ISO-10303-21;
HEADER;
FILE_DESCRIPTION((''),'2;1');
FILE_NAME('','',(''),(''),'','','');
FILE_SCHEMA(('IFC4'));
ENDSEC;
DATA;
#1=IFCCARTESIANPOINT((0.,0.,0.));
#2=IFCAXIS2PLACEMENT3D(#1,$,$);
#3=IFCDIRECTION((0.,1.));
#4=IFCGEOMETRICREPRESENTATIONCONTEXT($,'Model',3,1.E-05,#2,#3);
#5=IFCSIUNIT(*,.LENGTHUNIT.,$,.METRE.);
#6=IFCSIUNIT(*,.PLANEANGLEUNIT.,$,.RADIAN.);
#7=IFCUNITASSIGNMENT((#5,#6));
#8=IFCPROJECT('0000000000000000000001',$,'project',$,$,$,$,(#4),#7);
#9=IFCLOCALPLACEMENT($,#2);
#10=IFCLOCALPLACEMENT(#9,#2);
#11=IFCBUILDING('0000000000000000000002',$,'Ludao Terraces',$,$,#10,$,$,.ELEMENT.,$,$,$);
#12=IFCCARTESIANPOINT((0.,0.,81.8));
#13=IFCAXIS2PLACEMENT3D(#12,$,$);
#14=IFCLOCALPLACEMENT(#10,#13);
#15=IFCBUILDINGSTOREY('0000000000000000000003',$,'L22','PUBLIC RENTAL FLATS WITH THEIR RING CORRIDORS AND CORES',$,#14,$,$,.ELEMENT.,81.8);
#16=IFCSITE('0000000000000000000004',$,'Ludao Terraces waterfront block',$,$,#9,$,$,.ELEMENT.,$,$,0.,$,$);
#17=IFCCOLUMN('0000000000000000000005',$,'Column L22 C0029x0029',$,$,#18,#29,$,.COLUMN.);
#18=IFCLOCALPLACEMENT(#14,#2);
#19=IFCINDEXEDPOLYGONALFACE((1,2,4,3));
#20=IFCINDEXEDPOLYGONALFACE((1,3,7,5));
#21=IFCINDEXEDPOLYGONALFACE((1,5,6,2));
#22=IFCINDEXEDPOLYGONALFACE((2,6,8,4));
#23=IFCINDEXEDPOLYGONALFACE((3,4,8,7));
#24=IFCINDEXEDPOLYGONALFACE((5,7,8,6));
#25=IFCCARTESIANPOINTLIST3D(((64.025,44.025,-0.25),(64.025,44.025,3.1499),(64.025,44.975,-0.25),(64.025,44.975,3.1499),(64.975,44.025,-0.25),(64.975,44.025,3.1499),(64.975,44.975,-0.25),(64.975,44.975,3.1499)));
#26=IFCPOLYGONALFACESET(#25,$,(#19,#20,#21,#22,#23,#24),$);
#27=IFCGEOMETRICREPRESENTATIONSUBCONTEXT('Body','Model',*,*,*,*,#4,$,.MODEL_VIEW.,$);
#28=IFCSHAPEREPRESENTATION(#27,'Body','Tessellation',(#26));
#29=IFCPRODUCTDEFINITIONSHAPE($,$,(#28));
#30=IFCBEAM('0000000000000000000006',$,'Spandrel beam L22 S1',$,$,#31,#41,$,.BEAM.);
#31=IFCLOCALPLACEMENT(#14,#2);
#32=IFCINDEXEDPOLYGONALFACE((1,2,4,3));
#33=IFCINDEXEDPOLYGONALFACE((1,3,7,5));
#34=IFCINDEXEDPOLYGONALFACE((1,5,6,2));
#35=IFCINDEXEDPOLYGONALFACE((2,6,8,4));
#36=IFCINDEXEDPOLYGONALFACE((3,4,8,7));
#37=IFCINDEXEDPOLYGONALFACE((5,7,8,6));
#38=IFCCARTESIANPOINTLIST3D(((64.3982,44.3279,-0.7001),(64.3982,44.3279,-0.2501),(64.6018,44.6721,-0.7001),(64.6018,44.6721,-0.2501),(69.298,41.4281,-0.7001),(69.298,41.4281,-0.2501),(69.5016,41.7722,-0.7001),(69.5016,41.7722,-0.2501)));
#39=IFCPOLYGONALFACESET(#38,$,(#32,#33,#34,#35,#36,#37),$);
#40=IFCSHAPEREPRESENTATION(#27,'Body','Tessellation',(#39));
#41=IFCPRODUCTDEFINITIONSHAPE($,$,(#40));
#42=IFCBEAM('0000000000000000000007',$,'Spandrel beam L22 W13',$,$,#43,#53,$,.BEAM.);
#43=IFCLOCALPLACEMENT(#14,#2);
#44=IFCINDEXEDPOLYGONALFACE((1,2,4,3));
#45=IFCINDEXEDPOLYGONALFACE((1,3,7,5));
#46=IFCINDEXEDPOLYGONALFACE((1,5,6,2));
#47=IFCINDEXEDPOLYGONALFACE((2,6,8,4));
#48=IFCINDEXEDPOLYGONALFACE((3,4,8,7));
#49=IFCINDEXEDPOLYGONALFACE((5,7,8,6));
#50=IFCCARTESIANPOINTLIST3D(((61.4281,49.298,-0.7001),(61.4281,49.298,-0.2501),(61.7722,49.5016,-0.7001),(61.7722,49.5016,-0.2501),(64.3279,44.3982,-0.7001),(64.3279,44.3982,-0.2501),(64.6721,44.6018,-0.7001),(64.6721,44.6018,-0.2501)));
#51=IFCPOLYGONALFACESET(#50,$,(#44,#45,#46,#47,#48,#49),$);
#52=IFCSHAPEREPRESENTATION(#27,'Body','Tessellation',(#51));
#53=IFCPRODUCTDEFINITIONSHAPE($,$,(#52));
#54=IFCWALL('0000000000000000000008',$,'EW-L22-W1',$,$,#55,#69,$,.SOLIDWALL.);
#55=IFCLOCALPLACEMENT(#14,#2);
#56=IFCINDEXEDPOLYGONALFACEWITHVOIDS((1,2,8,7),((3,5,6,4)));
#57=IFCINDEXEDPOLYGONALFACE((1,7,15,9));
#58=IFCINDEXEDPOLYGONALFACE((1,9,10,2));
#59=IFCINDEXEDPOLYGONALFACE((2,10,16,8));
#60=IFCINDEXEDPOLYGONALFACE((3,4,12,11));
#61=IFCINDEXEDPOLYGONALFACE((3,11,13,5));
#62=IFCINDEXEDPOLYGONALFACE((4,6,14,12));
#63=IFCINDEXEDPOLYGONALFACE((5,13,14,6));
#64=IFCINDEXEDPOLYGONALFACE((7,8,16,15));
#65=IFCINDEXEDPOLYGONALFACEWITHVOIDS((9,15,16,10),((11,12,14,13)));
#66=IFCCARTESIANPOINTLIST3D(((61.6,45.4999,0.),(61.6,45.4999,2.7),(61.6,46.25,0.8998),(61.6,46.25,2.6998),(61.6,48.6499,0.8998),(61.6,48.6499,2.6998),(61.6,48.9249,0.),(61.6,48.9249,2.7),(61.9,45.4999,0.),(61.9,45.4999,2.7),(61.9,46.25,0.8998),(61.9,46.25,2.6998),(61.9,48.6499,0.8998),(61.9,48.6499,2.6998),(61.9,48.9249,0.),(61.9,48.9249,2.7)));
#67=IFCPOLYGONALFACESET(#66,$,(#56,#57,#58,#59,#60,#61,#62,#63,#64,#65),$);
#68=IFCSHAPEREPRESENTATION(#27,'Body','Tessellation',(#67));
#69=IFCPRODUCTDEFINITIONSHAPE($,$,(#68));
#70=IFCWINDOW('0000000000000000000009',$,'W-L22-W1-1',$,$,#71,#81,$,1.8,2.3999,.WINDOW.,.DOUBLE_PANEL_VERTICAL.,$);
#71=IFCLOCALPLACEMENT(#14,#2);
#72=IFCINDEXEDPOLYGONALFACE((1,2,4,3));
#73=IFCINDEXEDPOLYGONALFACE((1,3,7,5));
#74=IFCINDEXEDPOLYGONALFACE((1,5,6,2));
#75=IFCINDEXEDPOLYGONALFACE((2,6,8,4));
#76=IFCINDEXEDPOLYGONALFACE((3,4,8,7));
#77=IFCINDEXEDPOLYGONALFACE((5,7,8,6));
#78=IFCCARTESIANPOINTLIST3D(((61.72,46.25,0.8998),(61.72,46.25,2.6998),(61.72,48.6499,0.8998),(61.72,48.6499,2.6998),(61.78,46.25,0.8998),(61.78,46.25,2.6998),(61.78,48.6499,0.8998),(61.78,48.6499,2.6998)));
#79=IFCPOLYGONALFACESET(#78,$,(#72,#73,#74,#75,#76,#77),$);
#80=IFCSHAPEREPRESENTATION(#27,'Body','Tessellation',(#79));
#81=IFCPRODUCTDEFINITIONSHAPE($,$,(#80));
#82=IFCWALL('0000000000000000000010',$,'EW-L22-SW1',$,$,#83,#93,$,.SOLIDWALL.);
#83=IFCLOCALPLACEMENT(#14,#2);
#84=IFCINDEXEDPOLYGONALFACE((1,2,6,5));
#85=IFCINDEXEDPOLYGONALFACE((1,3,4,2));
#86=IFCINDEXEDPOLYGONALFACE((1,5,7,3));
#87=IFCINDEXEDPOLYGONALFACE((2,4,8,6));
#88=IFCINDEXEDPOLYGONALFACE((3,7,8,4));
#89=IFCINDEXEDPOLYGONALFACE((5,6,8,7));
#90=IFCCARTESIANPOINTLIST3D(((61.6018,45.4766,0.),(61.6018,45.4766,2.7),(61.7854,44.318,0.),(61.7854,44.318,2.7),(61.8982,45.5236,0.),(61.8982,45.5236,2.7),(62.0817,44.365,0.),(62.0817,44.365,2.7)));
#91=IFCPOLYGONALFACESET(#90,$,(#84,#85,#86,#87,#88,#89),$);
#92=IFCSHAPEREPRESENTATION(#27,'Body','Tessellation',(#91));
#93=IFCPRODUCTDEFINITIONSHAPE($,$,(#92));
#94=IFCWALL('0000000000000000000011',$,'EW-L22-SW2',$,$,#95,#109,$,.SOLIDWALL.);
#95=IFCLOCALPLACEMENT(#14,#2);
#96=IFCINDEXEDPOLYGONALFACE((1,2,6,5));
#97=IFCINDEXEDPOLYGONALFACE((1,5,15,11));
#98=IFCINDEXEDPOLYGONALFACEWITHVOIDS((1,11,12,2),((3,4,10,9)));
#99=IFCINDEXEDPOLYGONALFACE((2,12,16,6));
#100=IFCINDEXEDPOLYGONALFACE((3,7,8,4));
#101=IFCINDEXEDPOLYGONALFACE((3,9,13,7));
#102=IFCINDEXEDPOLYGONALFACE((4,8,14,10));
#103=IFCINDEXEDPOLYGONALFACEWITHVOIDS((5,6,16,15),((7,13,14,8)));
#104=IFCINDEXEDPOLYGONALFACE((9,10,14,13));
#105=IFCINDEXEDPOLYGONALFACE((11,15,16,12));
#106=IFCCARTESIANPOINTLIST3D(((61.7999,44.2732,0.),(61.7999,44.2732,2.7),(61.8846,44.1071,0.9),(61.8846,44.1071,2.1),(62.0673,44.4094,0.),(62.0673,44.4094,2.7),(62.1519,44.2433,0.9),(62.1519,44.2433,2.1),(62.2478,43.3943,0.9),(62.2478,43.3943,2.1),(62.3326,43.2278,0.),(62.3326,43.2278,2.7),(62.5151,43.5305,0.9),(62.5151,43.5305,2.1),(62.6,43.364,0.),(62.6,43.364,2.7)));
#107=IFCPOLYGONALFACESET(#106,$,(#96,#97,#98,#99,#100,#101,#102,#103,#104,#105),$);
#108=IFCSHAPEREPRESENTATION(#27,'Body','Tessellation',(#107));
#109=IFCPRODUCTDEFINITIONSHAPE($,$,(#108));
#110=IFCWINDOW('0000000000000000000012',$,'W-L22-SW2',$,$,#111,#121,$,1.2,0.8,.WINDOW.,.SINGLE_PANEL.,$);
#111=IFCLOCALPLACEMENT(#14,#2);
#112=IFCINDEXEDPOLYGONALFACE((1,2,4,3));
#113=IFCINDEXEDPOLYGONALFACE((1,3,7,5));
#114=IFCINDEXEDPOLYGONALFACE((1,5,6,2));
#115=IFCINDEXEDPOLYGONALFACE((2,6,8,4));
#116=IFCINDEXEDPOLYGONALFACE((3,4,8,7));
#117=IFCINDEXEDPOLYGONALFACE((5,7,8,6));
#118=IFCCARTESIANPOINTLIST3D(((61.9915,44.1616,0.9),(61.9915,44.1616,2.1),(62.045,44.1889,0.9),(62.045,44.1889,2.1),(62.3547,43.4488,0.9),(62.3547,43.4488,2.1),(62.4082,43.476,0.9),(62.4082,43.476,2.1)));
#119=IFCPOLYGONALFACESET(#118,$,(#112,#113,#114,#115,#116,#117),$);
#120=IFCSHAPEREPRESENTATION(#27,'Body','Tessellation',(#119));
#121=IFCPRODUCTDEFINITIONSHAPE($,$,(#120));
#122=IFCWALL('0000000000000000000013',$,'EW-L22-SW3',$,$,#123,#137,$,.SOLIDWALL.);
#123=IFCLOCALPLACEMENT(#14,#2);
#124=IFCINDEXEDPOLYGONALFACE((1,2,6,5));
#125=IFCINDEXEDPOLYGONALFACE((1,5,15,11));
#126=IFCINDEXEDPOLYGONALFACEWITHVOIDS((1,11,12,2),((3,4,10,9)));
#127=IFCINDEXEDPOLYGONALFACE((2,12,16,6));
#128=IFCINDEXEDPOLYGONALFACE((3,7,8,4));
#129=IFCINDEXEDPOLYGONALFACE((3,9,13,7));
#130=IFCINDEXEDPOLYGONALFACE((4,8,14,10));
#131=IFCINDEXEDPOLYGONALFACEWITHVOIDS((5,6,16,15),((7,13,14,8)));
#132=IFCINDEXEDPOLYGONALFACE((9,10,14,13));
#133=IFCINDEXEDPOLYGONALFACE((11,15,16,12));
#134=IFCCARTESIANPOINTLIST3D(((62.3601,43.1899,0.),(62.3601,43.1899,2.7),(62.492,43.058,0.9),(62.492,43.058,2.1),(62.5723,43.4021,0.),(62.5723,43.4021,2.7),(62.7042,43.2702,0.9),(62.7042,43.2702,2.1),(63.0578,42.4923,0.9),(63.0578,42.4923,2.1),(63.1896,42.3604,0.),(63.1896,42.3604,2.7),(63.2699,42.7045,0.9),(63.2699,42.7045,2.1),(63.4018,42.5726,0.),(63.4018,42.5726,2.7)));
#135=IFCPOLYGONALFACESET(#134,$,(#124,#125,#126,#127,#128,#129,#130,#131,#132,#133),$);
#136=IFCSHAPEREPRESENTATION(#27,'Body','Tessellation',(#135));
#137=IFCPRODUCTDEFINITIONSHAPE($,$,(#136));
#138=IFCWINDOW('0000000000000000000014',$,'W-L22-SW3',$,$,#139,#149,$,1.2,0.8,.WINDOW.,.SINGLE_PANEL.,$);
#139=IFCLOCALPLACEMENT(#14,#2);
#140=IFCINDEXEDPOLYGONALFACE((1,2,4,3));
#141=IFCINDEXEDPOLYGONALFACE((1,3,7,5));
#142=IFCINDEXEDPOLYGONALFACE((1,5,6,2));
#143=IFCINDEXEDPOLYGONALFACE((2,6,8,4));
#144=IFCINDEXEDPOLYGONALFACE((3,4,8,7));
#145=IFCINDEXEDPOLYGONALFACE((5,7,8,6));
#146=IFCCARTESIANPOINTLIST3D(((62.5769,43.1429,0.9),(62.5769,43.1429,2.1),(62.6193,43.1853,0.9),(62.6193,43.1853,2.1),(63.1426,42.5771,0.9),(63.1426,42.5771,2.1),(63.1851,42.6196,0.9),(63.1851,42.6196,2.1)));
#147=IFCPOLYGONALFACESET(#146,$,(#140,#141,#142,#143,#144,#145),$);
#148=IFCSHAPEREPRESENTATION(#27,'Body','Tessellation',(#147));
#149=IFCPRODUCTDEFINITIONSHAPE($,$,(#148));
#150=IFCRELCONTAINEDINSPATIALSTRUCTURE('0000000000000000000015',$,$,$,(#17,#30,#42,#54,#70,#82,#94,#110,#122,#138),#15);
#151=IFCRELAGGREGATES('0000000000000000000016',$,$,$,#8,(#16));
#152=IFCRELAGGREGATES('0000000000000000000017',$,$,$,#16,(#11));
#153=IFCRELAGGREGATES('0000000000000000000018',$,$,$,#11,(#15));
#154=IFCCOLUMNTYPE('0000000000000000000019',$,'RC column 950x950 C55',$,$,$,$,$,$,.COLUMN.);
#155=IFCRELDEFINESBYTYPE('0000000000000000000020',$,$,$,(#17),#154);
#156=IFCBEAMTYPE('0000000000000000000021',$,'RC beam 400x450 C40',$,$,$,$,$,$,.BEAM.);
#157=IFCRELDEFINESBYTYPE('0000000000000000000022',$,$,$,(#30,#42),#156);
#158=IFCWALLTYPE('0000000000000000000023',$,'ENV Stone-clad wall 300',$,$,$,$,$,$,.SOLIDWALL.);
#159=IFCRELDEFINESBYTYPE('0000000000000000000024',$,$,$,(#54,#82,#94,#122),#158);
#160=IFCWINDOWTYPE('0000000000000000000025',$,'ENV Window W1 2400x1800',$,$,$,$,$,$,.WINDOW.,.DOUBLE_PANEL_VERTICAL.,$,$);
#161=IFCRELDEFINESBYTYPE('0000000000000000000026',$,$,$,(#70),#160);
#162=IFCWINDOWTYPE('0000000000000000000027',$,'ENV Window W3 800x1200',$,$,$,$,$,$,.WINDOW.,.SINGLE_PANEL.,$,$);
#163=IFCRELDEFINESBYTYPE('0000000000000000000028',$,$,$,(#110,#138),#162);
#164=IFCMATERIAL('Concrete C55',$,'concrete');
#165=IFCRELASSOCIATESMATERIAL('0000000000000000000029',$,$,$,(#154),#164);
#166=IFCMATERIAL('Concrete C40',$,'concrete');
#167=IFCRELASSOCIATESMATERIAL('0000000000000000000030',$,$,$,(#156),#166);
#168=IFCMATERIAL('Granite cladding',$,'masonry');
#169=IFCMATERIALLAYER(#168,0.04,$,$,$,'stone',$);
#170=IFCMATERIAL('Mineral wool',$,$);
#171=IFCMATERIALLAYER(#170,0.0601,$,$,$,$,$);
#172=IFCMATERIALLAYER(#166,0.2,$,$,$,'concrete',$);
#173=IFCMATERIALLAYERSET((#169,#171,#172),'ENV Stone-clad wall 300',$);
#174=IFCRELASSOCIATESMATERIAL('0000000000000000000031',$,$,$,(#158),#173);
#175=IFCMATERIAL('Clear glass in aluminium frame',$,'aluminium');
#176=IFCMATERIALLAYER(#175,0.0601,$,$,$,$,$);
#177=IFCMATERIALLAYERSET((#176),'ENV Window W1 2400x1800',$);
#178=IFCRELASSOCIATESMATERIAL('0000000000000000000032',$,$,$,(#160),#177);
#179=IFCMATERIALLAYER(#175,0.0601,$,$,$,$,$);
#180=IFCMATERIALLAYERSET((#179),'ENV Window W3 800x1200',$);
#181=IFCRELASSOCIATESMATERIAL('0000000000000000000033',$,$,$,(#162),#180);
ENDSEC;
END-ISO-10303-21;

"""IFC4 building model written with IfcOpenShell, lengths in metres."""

from ifc_helpers import new_model, si_unit, direction, frame, frame_2d, origin, origin_2d, place, context, subcontext, project, spatial, rectangle, extrude, material, layer, layer_set, material_profile, profile_set, type_object, element, fill, save


model = new_model("IFC4")

# Units and contexts
model_context = context("Model", 3, precision=1e-05, world=origin(), true_north=direction((0.0, 1.0)))
body_context = subcontext(model_context, "Body", "Model", "MODEL_VIEW")
ifc_project = project(units=[si_unit("LENGTHUNIT", "METRE"), si_unit("PLANEANGLEUNIT", "RADIAN")], contexts=[model_context])

# Site, building, storey
site_placement = place(None, origin())
site = spatial("IfcSite", under=ifc_project, at=site_placement, Name="Ludao Terraces waterfront block", CompositionType="ELEMENT", RefElevation=0.0)
building_placement = place(site_placement, origin())
building = spatial("IfcBuilding", under=site, at=building_placement, Name="Ludao Terraces", CompositionType="ELEMENT")
storey_placement = place(building_placement, frame((0.0, 0.0, 81.8)))
storey = spatial("IfcBuildingStorey", under=building, at=storey_placement, Name="L22", Description="PUBLIC RENTAL FLATS WITH THEIR RING CORRIDORS AND CORES", CompositionType="ELEMENT", Elevation=81.8)

# Column
ifc_material_1 = material(Name="Concrete C55", Category="concrete")
ifc_material_profile_1 = material_profile(ifc_material_1, rectangle(XDim=0.95, YDim=0.95, at=origin_2d()), Name="950 X 950")
ifc_profile_set_1 = profile_set([ifc_material_profile_1], Name="Concrete C55")
column_type = type_object("IfcColumnType", Name="RC column 950x950 C55", PredefinedType="COLUMN", material=ifc_profile_set_1)
column_placement = place(storey_placement, frame((64.5, 44.5, -0.25), z_axis=(0.0, 0.0, 1.0), x_axis=(1.0, 0.0, 0.0)))
element("IfcColumn", 1, at=column_placement, inside=storey, type_object=column_type, Name="Column L22 C0029x0029", PredefinedType="COLUMN", context=body_context, shape_type="SweptSolid", body=[
    extrude(rectangle(XDim=0.95, YDim=0.95, at=origin_2d()), origin(), (0.0, 0.0, 1.0), 3.3999),
])

# Beams
ifc_material_2 = material(Name="Concrete C40", Category="concrete")
ifc_material_profile_2 = material_profile(ifc_material_2, rectangle(XDim=0.3999, YDim=0.45, at=origin_2d()), Name="400 X 450")
ifc_profile_set_2 = profile_set([ifc_material_profile_2], Name="Concrete C40")
beam_type = type_object("IfcBeamType", Name="RC beam 400x450 C40", PredefinedType="BEAM", material=ifc_profile_set_2)
for number, where, z_axis, x_axis, name in (
    (2, (64.5, 44.5, -0.4751), (0.86058, -0.509316, 0.0), (0.509316, 0.86058, 0.0), "Spandrel beam L22 S1"),
    (3, (64.5, 44.5, -0.4751), (-0.509316, 0.86058, 0.0), (-0.86058, -0.509316, 0.0), "Spandrel beam L22 W13"),
):
    element("IfcBeam", number, at=place(storey_placement, frame(where, z_axis=z_axis, x_axis=x_axis)), inside=storey, type_object=beam_type, Name=name, PredefinedType="BEAM", context=body_context, shape_type="SweptSolid", body=[
        extrude(rectangle(XDim=0.3999, YDim=0.45, at=origin_2d()), origin(), (0.0, 0.0, 1.0), 5.6936),
    ])

# Wall, opening, window
ifc_material_3 = material(Name="Granite cladding", Category="masonry")
ifc_layer_1 = layer(ifc_material_3, 0.04, Category="stone")
ifc_material_4 = material(Name="Mineral wool")
ifc_layer_2 = layer(ifc_material_4, 0.0601)
ifc_layer_3 = layer(ifc_material_2, 0.2, Category="concrete")
ifc_layer_set_1 = layer_set([ifc_layer_1, ifc_layer_2, ifc_layer_3], Name="ENV Stone-clad wall 300")
wall_type = type_object("IfcWallType", Name="ENV Stone-clad wall 300", PredefinedType="SOLIDWALL", material=ifc_layer_set_1)
wall_1_placement = place(storey_placement, frame((61.75, 45.5, 0.0), z_axis=(0.0, 0.0, 1.0), x_axis=(0.0, 1.0, 0.0)))
wall_1 = element("IfcWall", 4, at=wall_1_placement, inside=storey, type_object=wall_type, Name="EW-L22-W1", PredefinedType="SOLIDWALL", context=body_context, shape_type="SweptSolid", body=[
    extrude(rectangle(XDim=3.425, YDim=0.3, at=frame_2d((1.7124, 0.0))), origin(), (0.0, 0.0, 1.0), 2.7),
])
opening_1_placement = place(wall_1_placement, frame((0.75, 0.0, 0.8999)))
opening_1 = element("IfcOpeningElement", 5, at=opening_1_placement, cuts=wall_1, PredefinedType="OPENING", context=body_context, shape_type="SweptSolid", body=[
    extrude(rectangle(XDim=2.3999, YDim=1.8, at=frame_2d((1.2, 0.8999))), frame((0.0, 0.1602, 0.0), z_axis=(0.0, -1.0, 0.0), x_axis=(1.0, 0.0, 0.0)), (0.0, 0.0, 1.0), 0.3201),
])
ifc_material_5 = material(Name="Clear glass in aluminium frame", Category="aluminium")
ifc_layer_4 = layer(ifc_material_5, 0.0601)
ifc_layer_set_2 = layer_set([ifc_layer_4], Name="ENV Window W1 2400x1800")
window_type_1 = type_object("IfcWindowType", Name="ENV Window W1 2400x1800", PartitioningType="DOUBLE_PANEL_VERTICAL", PredefinedType="WINDOW", material=ifc_layer_set_2)
window_1_placement = place(opening_1_placement, origin())
window_1 = element("IfcWindow", 6, at=window_1_placement, inside=storey, type_object=window_type_1, Name="W-L22-W1-1", OverallHeight=1.8, OverallWidth=2.3999, PartitioningType="DOUBLE_PANEL_VERTICAL", PredefinedType="WINDOW", context=body_context, shape_type="SweptSolid", body=[
    extrude(rectangle(XDim=2.3999, YDim=1.8, at=frame_2d((1.2, 0.8999))), frame((0.0, 0.03, 0.0), z_axis=(0.0, -1.0, 0.0), x_axis=(1.0, 0.0, 0.0)), (0.0, 0.0, 1.0), 0.0601),
])
fill(opening_1, window_1)

# Wall
wall_2_placement = place(storey_placement, frame((61.75, 45.5, 0.0), z_axis=(0.0, 0.0, 1.0), x_axis=(0.156497, -0.987678, 0.0)))
element("IfcWall", 7, at=wall_2_placement, inside=storey, type_object=wall_type, Name="EW-L22-SW1", PredefinedType="SOLIDWALL", context=body_context, shape_type="SweptSolid", body=[
    extrude(rectangle(XDim=1.1731, YDim=0.3, at=frame_2d((0.5864, 0.0))), origin(), (0.0, 0.0, 1.0), 2.7),
])

# Walls, openings, windows
wall_3_placement = place(storey_placement, frame((61.9336, 44.3413, 0.0), z_axis=(0.0, 0.0, 1.0), x_axis=(0.454026, -0.890989, 0.0)))
wall_3 = element("IfcWall", 8, at=wall_3_placement, inside=storey, type_object=wall_type, Name="EW-L22-SW2", PredefinedType="SOLIDWALL", context=body_context, shape_type="SweptSolid", body=[
    extrude(rectangle(XDim=1.1733, YDim=0.3, at=frame_2d((0.5867, 0.0))), origin(), (0.0, 0.0, 1.0), 2.7),
])
opening_2_placement = place(wall_3_placement, frame((0.1865, 0.0, 0.8999)))
opening_2 = element("IfcOpeningElement", 9, at=opening_2_placement, cuts=wall_3, PredefinedType="OPENING", context=body_context, shape_type="SweptSolid", body=[
    extrude(rectangle(XDim=0.8, YDim=1.2, at=frame_2d((0.3999, 0.6001))), frame((0.0, 0.1602, 0.0), z_axis=(0.0, -1.0, 0.0), x_axis=(1.0, 0.0, 0.0)), (0.0, 0.0, 1.0), 0.3201),
])
ifc_layer_5 = layer(ifc_material_5, 0.0601)
ifc_layer_set_3 = layer_set([ifc_layer_5], Name="ENV Window W3 800x1200")
window_type_2 = type_object("IfcWindowType", Name="ENV Window W3 800x1200", PartitioningType="SINGLE_PANEL", PredefinedType="WINDOW", material=ifc_layer_set_3)
window_2_placement = place(opening_2_placement, origin())
window_2 = element("IfcWindow", 10, at=window_2_placement, inside=storey, type_object=window_type_2, Name="W-L22-SW2", OverallHeight=1.2, OverallWidth=0.8, PartitioningType="SINGLE_PANEL", PredefinedType="WINDOW", context=body_context, shape_type="SweptSolid", body=[
    extrude(rectangle(XDim=0.8, YDim=1.2, at=frame_2d((0.3999, 0.6001))), frame((0.0, 0.03, 0.0), z_axis=(0.0, -1.0, 0.0), x_axis=(1.0, 0.0, 0.0)), (0.0, 0.0, 1.0), 0.0601),
])
fill(opening_2, window_2)
wall_4_placement = place(storey_placement, frame((62.4663, 43.2959, 0.0), z_axis=(0.0, 0.0, 1.0), x_axis=(0.707107, -0.707107, 0.0)))
wall_4 = element("IfcWall", 11, at=wall_4_placement, inside=storey, type_object=wall_type, Name="EW-L22-SW3", PredefinedType="SOLIDWALL", context=body_context, shape_type="SweptSolid", body=[
    extrude(rectangle(XDim=1.1731, YDim=0.3, at=frame_2d((0.5864, 0.0))), origin(), (0.0, 0.0, 1.0), 2.7),
])
opening_3_placement = place(wall_4_placement, frame((0.1865, 0.0, 0.8999)))
opening_3 = element("IfcOpeningElement", 12, at=opening_3_placement, cuts=wall_4, PredefinedType="OPENING", context=body_context, shape_type="SweptSolid", body=[
    extrude(rectangle(XDim=0.8, YDim=1.2, at=frame_2d((0.3999, 0.6001))), frame((0.0, 0.1602, 0.0), z_axis=(0.0, -1.0, 0.0), x_axis=(1.0, 0.0, 0.0)), (0.0, 0.0, 1.0), 0.3201),
])
window_3_placement = place(opening_3_placement, origin())
window_3 = element("IfcWindow", 13, at=window_3_placement, inside=storey, type_object=window_type_2, Name="W-L22-SW3", OverallHeight=1.2, OverallWidth=0.8, PartitioningType="SINGLE_PANEL", PredefinedType="WINDOW", context=body_context, shape_type="SweptSolid", body=[
    extrude(rectangle(XDim=0.8, YDim=1.2, at=frame_2d((0.3999, 0.6001))), frame((0.0, 0.03, 0.0), z_axis=(0.0, -1.0, 0.0), x_axis=(1.0, 0.0, 0.0)), (0.0, 0.0, 1.0), 0.0601),
])
fill(opening_3, window_3)

save(model, "model.ifc")
